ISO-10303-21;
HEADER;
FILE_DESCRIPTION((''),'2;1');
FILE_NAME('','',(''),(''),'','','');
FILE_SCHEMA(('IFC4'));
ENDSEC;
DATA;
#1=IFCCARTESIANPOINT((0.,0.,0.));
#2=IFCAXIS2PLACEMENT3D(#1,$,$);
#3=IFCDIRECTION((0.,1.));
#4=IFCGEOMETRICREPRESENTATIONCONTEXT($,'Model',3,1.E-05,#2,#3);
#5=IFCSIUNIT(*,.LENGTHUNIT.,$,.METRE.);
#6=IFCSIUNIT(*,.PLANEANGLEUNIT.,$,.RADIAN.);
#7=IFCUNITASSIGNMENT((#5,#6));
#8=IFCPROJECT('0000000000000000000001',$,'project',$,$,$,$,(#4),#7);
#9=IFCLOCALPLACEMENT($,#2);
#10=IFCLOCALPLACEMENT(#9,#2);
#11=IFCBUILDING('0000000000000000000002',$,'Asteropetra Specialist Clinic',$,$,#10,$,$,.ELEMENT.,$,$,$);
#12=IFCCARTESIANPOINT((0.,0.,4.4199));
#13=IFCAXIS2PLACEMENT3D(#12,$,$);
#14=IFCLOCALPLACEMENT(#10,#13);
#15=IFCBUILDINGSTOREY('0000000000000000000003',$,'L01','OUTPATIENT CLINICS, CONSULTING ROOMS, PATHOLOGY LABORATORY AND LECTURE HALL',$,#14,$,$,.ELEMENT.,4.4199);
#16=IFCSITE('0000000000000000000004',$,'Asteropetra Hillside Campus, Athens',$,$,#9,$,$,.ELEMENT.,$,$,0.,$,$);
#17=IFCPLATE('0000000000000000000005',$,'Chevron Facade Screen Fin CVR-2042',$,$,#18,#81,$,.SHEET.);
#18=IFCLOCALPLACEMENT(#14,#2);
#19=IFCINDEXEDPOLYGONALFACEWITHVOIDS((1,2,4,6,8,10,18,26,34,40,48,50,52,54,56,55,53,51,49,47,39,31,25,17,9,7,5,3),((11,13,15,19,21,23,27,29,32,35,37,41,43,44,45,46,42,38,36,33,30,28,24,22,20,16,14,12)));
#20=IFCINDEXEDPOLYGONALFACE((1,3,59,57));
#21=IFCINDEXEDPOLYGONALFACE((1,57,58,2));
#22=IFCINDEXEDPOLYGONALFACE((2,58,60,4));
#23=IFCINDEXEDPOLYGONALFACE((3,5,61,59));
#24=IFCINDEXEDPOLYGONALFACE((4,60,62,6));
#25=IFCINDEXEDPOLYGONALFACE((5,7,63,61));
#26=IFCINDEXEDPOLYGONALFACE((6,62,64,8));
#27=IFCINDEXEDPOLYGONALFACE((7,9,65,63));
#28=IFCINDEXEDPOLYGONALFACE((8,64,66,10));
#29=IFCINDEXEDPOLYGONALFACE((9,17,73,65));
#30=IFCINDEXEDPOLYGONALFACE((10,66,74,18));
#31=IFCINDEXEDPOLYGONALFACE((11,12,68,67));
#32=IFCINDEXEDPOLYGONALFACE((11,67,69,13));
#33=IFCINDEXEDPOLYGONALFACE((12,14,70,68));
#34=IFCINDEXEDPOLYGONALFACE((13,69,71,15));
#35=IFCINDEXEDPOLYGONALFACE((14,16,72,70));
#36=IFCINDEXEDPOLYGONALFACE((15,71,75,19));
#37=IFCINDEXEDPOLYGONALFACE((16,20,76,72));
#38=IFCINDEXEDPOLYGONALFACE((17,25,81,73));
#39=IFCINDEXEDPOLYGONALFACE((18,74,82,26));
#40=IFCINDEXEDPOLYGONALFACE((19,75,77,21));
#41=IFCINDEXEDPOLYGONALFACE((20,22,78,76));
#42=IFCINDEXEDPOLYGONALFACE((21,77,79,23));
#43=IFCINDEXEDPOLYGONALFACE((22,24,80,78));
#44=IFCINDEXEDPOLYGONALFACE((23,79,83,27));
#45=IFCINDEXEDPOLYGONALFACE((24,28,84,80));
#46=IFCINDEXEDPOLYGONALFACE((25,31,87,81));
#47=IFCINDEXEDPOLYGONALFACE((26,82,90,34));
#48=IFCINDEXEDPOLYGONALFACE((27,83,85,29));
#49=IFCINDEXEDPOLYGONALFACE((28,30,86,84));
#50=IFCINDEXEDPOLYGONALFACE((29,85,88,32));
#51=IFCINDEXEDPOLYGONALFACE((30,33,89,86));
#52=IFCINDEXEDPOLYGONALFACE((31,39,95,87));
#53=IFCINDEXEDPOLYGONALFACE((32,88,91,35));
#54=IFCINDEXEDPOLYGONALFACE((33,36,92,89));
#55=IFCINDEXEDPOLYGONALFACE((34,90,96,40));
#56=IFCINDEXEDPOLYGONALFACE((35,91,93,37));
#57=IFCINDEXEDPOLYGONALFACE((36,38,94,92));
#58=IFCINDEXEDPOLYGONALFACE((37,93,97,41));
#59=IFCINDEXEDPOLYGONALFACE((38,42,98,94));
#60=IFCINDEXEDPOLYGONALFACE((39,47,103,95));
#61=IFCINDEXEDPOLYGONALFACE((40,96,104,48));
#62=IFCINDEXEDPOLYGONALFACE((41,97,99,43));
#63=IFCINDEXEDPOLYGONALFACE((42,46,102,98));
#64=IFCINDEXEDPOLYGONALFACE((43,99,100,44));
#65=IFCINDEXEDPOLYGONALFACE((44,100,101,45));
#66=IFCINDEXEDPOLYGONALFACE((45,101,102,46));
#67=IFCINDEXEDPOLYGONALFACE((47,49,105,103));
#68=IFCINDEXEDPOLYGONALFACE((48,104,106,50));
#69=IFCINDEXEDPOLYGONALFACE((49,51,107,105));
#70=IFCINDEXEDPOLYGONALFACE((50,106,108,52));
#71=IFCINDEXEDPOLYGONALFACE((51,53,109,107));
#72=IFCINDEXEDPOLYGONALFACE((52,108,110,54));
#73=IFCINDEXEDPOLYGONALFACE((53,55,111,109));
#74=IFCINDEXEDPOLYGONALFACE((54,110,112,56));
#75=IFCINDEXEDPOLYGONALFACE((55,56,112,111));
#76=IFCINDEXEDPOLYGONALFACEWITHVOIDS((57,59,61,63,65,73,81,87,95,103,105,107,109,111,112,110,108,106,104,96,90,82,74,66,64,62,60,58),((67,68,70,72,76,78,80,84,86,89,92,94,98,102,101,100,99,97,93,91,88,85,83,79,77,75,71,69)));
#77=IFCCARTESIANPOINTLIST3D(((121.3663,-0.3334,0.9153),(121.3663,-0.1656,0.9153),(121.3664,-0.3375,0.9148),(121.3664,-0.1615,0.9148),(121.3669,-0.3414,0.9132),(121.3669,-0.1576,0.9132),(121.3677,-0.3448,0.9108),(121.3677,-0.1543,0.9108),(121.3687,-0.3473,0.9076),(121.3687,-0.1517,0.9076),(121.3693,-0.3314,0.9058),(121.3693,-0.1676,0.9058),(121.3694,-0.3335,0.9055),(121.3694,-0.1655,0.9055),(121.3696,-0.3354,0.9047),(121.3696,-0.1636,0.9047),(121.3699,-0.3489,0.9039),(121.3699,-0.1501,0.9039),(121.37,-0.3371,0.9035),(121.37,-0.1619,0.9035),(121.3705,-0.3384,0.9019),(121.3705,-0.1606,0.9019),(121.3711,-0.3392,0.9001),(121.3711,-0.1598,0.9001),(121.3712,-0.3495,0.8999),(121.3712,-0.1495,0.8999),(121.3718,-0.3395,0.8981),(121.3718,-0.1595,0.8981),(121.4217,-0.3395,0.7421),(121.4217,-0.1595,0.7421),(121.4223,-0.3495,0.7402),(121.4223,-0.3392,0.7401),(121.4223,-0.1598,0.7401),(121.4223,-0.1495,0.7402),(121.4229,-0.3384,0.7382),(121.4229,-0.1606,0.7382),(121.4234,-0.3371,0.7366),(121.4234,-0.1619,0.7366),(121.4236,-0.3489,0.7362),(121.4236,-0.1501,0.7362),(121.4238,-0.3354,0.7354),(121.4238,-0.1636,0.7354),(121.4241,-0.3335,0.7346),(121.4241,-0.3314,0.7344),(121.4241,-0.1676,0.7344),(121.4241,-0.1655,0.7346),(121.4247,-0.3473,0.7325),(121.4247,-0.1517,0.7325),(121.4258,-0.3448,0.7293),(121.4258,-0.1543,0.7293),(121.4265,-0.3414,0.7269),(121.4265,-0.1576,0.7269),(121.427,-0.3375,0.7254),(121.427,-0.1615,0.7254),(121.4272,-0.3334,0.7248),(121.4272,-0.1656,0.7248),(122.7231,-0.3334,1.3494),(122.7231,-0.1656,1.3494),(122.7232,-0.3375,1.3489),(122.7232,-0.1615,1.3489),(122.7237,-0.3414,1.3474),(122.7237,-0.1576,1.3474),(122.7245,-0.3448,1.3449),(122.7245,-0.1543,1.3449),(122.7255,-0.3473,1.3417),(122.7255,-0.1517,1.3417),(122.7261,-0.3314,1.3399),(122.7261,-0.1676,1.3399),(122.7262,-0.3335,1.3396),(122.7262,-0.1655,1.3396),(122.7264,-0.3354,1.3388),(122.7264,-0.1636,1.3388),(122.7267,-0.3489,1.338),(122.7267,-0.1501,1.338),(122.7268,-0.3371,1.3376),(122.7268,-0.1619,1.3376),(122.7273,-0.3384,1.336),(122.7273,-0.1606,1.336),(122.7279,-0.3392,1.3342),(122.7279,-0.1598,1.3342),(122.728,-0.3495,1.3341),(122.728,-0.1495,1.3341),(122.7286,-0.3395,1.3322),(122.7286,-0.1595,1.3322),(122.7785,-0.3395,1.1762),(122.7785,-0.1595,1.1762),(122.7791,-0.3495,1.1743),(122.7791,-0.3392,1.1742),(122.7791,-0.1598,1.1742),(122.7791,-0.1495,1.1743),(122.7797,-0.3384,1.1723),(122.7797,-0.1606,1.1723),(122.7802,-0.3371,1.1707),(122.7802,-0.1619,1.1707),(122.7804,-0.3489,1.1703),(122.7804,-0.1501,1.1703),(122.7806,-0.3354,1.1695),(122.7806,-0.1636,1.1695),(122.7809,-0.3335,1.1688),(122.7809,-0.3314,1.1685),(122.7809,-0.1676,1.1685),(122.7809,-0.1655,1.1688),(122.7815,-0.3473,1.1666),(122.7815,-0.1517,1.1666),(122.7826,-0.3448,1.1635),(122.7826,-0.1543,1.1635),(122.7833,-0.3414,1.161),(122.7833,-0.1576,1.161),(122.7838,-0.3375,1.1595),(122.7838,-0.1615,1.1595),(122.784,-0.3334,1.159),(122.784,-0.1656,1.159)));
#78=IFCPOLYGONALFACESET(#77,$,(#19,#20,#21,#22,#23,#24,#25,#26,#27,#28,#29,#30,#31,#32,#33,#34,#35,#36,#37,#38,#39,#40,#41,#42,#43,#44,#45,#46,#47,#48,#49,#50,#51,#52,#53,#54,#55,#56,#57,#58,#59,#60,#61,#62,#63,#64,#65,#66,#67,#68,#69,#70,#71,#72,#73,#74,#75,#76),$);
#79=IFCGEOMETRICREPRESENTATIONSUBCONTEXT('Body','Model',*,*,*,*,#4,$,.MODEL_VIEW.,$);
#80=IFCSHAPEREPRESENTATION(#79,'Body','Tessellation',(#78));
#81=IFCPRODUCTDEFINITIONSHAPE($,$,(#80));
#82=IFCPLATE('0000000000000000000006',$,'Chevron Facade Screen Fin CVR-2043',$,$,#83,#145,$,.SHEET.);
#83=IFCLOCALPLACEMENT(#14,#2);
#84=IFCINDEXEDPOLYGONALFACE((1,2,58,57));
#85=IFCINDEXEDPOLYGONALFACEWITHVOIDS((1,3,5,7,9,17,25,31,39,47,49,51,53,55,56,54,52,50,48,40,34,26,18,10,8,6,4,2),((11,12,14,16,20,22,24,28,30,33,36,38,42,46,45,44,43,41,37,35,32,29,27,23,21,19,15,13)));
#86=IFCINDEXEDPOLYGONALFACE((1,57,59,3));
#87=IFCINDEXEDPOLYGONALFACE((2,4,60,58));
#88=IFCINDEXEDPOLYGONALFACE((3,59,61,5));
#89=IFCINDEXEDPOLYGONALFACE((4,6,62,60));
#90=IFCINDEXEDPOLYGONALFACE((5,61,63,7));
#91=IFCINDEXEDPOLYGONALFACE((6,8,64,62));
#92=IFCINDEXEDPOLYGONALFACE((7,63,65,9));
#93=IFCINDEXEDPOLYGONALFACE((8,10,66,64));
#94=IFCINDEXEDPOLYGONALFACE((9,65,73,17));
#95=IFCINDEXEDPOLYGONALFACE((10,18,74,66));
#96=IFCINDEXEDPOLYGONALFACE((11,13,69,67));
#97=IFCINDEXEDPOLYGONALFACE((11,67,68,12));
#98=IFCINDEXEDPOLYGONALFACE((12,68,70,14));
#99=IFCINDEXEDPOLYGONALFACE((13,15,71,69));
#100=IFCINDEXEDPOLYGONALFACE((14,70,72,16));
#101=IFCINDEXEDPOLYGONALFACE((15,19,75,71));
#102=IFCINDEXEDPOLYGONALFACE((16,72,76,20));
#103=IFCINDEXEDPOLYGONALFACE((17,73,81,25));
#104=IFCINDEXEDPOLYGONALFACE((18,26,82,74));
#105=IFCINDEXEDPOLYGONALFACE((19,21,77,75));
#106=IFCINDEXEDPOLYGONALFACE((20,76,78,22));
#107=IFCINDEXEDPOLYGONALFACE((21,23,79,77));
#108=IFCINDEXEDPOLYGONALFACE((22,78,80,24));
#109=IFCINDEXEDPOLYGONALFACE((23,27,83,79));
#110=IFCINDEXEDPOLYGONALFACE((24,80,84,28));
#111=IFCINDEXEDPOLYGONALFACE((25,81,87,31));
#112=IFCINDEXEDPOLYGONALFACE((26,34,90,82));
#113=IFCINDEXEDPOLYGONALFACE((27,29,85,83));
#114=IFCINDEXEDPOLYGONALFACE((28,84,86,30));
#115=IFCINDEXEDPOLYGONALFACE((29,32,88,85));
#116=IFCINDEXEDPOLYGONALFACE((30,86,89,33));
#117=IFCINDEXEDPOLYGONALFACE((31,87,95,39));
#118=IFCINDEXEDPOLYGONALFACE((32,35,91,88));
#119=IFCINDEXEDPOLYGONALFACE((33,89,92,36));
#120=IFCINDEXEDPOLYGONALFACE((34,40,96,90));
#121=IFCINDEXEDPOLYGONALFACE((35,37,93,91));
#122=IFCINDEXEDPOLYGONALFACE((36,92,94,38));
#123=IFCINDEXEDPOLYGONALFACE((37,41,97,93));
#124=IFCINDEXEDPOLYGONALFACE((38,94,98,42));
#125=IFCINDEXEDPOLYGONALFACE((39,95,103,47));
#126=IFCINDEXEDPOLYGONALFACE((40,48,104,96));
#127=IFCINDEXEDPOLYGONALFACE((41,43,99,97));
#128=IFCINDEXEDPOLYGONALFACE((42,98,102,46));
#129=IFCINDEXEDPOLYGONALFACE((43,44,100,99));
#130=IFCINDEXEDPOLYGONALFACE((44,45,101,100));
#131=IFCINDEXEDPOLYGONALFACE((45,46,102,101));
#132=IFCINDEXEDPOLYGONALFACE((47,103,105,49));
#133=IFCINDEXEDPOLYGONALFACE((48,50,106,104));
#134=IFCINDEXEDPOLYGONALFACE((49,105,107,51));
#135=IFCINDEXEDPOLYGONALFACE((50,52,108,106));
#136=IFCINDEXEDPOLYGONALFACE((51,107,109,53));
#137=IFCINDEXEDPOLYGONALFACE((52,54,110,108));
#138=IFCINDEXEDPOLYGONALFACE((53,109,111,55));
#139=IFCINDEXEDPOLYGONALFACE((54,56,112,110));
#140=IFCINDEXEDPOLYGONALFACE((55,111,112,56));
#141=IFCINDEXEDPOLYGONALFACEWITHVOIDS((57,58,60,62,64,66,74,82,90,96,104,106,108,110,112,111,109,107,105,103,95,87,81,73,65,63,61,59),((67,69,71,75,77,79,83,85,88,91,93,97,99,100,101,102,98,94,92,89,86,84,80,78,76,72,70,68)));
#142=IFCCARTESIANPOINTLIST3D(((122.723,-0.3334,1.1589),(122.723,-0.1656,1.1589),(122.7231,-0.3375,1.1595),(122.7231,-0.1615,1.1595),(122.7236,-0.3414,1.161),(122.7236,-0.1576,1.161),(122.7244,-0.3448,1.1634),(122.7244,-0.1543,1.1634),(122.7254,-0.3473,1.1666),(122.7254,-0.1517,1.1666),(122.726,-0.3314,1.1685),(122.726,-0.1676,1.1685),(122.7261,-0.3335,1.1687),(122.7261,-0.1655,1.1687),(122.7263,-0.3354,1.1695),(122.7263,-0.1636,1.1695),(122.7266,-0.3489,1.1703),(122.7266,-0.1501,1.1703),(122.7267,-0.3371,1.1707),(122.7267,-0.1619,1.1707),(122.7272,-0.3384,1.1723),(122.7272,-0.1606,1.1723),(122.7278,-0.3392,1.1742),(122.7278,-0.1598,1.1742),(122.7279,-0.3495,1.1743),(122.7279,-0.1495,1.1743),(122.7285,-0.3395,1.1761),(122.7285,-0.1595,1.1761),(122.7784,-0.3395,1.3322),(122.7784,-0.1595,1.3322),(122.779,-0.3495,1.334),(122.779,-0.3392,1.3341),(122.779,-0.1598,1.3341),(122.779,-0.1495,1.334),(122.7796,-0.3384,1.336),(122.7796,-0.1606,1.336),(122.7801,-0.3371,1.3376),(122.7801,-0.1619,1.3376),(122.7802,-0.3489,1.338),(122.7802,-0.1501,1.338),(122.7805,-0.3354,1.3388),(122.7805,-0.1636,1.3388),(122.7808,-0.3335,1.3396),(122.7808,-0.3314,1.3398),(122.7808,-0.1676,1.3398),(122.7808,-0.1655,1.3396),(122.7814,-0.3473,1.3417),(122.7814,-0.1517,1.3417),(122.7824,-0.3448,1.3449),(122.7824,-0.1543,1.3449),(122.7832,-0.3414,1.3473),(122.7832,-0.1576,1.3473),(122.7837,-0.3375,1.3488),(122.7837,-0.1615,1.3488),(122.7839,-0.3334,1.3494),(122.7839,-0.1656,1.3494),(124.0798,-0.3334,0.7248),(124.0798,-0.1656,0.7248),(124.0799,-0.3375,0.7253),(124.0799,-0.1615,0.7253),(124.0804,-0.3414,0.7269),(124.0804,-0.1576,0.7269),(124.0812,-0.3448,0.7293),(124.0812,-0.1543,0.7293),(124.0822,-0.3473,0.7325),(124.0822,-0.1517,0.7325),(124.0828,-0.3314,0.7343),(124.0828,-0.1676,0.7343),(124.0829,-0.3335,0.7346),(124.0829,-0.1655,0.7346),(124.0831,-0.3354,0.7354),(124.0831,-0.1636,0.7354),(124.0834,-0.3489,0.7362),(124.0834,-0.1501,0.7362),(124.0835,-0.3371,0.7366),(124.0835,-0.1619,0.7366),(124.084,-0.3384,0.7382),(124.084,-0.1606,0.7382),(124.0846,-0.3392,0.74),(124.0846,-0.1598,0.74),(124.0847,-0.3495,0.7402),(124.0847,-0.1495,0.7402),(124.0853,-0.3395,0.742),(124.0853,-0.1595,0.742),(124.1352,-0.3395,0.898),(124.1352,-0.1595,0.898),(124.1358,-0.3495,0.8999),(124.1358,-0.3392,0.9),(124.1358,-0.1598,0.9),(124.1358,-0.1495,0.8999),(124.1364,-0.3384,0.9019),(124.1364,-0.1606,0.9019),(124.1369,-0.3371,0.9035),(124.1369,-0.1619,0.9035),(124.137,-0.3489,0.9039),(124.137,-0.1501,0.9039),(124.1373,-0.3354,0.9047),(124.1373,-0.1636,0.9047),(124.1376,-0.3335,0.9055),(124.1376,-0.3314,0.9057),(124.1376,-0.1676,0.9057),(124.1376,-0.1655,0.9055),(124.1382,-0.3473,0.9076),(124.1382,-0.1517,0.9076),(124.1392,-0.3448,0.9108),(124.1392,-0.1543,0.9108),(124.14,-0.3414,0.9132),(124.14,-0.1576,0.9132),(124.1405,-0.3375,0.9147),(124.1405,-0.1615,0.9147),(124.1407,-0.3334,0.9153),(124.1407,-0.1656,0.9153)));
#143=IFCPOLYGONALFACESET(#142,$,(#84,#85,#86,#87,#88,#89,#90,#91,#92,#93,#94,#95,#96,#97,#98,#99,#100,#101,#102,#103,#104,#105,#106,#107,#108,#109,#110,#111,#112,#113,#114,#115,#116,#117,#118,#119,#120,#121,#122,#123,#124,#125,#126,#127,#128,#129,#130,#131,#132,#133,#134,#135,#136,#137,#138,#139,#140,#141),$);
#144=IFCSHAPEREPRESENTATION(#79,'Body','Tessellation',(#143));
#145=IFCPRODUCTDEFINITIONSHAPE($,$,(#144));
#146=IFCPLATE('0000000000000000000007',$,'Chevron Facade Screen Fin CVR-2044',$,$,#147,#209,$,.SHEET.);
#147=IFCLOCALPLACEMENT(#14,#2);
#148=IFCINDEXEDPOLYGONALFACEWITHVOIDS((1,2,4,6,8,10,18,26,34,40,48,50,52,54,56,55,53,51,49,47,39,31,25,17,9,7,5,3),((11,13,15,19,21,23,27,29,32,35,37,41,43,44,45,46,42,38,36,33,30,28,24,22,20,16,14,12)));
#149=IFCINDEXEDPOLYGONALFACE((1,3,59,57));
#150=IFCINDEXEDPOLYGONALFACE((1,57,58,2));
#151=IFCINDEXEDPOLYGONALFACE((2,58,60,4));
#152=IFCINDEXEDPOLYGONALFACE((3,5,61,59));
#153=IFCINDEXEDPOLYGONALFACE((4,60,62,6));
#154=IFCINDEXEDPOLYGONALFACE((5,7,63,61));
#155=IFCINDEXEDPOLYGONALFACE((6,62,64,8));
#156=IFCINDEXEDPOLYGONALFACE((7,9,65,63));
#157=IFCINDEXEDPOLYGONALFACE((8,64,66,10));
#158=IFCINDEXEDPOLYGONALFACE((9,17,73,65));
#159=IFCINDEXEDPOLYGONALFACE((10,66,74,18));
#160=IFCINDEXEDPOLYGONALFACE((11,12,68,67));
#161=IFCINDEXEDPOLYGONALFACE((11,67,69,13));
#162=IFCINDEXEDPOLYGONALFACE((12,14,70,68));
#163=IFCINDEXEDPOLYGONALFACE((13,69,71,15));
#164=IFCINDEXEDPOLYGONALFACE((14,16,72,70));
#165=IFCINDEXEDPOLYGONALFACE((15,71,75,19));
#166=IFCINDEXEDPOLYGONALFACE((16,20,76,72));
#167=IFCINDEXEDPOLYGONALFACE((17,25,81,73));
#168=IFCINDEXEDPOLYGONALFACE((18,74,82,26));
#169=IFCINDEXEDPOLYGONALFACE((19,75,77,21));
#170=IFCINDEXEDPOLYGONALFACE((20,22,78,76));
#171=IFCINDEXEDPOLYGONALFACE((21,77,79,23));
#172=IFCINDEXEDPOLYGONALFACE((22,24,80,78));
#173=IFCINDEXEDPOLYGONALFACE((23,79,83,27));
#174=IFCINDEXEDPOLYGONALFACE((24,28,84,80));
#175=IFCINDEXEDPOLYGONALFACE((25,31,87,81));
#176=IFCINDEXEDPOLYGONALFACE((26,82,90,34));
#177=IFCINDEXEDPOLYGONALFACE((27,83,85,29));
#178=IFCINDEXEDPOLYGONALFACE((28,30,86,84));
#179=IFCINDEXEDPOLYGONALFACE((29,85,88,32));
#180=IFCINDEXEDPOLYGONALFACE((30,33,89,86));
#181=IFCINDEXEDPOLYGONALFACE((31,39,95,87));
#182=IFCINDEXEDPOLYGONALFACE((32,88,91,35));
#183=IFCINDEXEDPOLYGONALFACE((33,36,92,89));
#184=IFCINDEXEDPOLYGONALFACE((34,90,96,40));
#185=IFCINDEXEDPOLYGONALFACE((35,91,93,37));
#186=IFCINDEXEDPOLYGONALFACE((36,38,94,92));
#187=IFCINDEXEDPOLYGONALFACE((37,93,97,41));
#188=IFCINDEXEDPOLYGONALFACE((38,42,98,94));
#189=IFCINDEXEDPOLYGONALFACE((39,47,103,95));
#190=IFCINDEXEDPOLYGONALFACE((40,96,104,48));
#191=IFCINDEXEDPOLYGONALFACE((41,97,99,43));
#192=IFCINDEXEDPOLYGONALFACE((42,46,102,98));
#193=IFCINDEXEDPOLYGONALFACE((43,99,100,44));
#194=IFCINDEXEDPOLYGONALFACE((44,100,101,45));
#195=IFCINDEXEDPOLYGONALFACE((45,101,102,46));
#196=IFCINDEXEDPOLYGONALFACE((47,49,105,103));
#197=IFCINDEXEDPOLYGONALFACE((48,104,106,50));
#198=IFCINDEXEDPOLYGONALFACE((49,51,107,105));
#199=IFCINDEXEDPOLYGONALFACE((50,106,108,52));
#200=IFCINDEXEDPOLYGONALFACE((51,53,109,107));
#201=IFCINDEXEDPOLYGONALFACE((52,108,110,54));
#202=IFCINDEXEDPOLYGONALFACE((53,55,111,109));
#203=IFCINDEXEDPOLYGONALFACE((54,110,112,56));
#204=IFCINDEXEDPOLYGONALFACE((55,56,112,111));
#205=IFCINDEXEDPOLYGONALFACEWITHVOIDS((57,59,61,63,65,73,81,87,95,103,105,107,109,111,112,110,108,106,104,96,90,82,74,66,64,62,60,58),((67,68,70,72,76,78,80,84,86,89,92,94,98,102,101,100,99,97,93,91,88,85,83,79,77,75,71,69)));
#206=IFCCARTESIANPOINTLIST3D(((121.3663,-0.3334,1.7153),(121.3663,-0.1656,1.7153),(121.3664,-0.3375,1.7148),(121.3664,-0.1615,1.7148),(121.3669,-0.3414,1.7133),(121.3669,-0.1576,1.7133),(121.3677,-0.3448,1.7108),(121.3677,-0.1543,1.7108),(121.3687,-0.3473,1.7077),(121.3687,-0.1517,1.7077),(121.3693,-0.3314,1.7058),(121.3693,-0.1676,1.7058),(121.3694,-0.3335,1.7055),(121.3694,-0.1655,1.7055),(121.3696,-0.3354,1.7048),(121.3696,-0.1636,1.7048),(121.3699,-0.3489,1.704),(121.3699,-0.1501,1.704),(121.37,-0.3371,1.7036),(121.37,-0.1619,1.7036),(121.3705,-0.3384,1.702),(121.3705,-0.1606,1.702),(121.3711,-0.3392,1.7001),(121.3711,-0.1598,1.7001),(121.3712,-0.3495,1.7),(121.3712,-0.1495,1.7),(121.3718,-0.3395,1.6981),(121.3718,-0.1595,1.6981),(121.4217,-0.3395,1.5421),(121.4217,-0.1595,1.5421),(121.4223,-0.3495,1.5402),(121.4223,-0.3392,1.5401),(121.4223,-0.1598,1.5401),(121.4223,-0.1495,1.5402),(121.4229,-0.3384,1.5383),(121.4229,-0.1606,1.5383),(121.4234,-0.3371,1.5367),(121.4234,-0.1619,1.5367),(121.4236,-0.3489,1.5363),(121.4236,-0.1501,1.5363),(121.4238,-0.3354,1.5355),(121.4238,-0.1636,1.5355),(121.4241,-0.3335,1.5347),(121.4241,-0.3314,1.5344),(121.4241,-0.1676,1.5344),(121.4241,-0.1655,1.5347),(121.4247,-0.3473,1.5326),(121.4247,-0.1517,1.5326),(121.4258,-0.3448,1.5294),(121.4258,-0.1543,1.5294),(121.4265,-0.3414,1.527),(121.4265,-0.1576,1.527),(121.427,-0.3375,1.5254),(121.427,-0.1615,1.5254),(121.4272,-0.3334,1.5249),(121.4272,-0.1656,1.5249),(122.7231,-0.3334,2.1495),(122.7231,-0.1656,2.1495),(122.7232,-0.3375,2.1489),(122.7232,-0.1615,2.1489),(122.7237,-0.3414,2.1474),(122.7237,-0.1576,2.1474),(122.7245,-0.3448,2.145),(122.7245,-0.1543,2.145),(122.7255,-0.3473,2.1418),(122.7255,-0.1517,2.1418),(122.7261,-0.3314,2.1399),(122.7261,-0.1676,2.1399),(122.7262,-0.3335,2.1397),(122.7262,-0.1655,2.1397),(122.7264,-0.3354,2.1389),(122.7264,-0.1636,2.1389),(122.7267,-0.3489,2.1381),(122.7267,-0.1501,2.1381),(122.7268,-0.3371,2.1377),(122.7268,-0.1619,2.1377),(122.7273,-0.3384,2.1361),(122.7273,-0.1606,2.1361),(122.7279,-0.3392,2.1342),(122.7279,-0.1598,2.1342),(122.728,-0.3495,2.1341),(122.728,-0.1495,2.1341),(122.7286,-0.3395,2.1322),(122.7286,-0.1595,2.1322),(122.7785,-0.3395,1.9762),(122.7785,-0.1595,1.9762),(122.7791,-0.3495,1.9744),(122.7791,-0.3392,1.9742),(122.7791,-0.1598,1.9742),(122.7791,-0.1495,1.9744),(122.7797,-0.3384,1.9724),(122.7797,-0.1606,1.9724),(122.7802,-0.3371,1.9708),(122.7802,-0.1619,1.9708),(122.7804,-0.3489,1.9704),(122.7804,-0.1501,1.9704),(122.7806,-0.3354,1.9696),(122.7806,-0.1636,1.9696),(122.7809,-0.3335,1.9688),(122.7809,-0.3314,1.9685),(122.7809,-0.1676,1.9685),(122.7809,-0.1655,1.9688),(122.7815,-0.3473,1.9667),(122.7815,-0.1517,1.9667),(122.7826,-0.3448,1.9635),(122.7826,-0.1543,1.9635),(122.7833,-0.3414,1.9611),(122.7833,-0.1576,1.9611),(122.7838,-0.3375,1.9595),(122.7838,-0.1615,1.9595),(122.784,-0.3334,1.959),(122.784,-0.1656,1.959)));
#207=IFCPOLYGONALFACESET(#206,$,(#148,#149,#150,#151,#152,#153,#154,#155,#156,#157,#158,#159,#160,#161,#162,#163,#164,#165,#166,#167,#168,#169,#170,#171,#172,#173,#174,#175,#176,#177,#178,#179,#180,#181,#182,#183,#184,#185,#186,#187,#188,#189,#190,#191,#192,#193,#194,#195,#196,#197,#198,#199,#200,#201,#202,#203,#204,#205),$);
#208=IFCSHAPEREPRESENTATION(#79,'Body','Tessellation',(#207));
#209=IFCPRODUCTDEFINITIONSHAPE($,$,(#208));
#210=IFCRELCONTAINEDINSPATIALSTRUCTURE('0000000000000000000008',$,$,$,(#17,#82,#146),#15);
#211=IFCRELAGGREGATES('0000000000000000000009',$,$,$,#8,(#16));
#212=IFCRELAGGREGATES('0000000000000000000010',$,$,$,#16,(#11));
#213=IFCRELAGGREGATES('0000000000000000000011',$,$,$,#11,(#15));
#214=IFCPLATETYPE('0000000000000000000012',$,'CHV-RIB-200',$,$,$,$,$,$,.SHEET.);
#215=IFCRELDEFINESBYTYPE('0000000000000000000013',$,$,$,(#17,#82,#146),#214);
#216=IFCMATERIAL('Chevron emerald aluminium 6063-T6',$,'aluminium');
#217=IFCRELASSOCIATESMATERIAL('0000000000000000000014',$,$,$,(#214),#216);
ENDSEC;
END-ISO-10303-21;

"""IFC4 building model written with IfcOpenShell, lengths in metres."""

from ifc_helpers import new_model, si_unit, direction, frame, origin, origin_2d, place, context, subcontext, project, spatial, hollow_rectangle, extrude, material, material_profile, profile_set, type_object, element, save


model = new_model("IFC4")

# Units and contexts
model_context = context("Model", 3, precision=1e-05, world=origin(), true_north=direction((0.0, 1.0)))
body_context = subcontext(model_context, "Body", "Model", "MODEL_VIEW")
ifc_project = project(units=[si_unit("LENGTHUNIT", "METRE"), si_unit("PLANEANGLEUNIT", "RADIAN")], contexts=[model_context])

# Site, building, storey
site_placement = place(None, origin())
site = spatial("IfcSite", under=ifc_project, at=site_placement, Name="Asteropetra Hillside Campus, Athens", CompositionType="ELEMENT", RefElevation=0.0)
building_placement = place(site_placement, origin())
building = spatial("IfcBuilding", under=site, at=building_placement, Name="Asteropetra Specialist Clinic", CompositionType="ELEMENT")
storey_placement = place(building_placement, frame((0.0, 0.0, 4.4199)))
storey = spatial("IfcBuildingStorey", under=building, at=storey_placement, Name="L01", Description="OUTPATIENT CLINICS, CONSULTING ROOMS, PATHOLOGY LABORATORY AND LECTURE HALL", CompositionType="ELEMENT", Elevation=4.4199)

# Plates
ifc_material_1 = material(Name="Chevron emerald aluminium 6063-T6", Category="aluminium")
ifc_material_profile_1 = material_profile(ifc_material_1, hollow_rectangle(XDim=0.2, YDim=0.2, WallThickness=0.01, InnerFilletRadius=0.0081, OuterFilletRadius=0.0161, at=origin_2d()), Name="SHS 200x200x10.0")
ifc_profile_set_1 = profile_set([ifc_material_profile_1], Name="Chevron emerald aluminium 6063-T6")
plate_type = type_object("IfcPlateType", Name="CHV-RIB-200", PredefinedType="SHEET", material=ifc_profile_set_1)
for number, where, z_axis, x_axis, name in (
    (1, (121.3967, -0.2495, 0.8201), (0.952436, 0.0, 0.304738), (0.0, 1.0, 0.0), "Chevron Facade Screen Fin CVR-2042"),
    (2, (122.7534, -0.2495, 1.2542), (0.952436, 0.0, -0.304738), (0.0, 1.0, 0.0), "Chevron Facade Screen Fin CVR-2043"),
    (3, (121.3967, -0.2495, 1.6201), (0.952436, 0.0, 0.304738), (0.0, 1.0, 0.0), "Chevron Facade Screen Fin CVR-2044"),
):
    element("IfcPlate", number, at=place(storey_placement, frame(where, z_axis=z_axis, x_axis=x_axis)), inside=storey, type_object=plate_type, Name=name, PredefinedType="SHEET", context=body_context, shape_type="SweptSolid", body=[
        extrude(hollow_rectangle(XDim=0.2, YDim=0.2, WallThickness=0.01, InnerFilletRadius=0.0081, OuterFilletRadius=0.0161, at=origin_2d()), origin(), (0.0, 0.0, 1.0), 1.4246),
    ])

save(model, "model.ifc")
